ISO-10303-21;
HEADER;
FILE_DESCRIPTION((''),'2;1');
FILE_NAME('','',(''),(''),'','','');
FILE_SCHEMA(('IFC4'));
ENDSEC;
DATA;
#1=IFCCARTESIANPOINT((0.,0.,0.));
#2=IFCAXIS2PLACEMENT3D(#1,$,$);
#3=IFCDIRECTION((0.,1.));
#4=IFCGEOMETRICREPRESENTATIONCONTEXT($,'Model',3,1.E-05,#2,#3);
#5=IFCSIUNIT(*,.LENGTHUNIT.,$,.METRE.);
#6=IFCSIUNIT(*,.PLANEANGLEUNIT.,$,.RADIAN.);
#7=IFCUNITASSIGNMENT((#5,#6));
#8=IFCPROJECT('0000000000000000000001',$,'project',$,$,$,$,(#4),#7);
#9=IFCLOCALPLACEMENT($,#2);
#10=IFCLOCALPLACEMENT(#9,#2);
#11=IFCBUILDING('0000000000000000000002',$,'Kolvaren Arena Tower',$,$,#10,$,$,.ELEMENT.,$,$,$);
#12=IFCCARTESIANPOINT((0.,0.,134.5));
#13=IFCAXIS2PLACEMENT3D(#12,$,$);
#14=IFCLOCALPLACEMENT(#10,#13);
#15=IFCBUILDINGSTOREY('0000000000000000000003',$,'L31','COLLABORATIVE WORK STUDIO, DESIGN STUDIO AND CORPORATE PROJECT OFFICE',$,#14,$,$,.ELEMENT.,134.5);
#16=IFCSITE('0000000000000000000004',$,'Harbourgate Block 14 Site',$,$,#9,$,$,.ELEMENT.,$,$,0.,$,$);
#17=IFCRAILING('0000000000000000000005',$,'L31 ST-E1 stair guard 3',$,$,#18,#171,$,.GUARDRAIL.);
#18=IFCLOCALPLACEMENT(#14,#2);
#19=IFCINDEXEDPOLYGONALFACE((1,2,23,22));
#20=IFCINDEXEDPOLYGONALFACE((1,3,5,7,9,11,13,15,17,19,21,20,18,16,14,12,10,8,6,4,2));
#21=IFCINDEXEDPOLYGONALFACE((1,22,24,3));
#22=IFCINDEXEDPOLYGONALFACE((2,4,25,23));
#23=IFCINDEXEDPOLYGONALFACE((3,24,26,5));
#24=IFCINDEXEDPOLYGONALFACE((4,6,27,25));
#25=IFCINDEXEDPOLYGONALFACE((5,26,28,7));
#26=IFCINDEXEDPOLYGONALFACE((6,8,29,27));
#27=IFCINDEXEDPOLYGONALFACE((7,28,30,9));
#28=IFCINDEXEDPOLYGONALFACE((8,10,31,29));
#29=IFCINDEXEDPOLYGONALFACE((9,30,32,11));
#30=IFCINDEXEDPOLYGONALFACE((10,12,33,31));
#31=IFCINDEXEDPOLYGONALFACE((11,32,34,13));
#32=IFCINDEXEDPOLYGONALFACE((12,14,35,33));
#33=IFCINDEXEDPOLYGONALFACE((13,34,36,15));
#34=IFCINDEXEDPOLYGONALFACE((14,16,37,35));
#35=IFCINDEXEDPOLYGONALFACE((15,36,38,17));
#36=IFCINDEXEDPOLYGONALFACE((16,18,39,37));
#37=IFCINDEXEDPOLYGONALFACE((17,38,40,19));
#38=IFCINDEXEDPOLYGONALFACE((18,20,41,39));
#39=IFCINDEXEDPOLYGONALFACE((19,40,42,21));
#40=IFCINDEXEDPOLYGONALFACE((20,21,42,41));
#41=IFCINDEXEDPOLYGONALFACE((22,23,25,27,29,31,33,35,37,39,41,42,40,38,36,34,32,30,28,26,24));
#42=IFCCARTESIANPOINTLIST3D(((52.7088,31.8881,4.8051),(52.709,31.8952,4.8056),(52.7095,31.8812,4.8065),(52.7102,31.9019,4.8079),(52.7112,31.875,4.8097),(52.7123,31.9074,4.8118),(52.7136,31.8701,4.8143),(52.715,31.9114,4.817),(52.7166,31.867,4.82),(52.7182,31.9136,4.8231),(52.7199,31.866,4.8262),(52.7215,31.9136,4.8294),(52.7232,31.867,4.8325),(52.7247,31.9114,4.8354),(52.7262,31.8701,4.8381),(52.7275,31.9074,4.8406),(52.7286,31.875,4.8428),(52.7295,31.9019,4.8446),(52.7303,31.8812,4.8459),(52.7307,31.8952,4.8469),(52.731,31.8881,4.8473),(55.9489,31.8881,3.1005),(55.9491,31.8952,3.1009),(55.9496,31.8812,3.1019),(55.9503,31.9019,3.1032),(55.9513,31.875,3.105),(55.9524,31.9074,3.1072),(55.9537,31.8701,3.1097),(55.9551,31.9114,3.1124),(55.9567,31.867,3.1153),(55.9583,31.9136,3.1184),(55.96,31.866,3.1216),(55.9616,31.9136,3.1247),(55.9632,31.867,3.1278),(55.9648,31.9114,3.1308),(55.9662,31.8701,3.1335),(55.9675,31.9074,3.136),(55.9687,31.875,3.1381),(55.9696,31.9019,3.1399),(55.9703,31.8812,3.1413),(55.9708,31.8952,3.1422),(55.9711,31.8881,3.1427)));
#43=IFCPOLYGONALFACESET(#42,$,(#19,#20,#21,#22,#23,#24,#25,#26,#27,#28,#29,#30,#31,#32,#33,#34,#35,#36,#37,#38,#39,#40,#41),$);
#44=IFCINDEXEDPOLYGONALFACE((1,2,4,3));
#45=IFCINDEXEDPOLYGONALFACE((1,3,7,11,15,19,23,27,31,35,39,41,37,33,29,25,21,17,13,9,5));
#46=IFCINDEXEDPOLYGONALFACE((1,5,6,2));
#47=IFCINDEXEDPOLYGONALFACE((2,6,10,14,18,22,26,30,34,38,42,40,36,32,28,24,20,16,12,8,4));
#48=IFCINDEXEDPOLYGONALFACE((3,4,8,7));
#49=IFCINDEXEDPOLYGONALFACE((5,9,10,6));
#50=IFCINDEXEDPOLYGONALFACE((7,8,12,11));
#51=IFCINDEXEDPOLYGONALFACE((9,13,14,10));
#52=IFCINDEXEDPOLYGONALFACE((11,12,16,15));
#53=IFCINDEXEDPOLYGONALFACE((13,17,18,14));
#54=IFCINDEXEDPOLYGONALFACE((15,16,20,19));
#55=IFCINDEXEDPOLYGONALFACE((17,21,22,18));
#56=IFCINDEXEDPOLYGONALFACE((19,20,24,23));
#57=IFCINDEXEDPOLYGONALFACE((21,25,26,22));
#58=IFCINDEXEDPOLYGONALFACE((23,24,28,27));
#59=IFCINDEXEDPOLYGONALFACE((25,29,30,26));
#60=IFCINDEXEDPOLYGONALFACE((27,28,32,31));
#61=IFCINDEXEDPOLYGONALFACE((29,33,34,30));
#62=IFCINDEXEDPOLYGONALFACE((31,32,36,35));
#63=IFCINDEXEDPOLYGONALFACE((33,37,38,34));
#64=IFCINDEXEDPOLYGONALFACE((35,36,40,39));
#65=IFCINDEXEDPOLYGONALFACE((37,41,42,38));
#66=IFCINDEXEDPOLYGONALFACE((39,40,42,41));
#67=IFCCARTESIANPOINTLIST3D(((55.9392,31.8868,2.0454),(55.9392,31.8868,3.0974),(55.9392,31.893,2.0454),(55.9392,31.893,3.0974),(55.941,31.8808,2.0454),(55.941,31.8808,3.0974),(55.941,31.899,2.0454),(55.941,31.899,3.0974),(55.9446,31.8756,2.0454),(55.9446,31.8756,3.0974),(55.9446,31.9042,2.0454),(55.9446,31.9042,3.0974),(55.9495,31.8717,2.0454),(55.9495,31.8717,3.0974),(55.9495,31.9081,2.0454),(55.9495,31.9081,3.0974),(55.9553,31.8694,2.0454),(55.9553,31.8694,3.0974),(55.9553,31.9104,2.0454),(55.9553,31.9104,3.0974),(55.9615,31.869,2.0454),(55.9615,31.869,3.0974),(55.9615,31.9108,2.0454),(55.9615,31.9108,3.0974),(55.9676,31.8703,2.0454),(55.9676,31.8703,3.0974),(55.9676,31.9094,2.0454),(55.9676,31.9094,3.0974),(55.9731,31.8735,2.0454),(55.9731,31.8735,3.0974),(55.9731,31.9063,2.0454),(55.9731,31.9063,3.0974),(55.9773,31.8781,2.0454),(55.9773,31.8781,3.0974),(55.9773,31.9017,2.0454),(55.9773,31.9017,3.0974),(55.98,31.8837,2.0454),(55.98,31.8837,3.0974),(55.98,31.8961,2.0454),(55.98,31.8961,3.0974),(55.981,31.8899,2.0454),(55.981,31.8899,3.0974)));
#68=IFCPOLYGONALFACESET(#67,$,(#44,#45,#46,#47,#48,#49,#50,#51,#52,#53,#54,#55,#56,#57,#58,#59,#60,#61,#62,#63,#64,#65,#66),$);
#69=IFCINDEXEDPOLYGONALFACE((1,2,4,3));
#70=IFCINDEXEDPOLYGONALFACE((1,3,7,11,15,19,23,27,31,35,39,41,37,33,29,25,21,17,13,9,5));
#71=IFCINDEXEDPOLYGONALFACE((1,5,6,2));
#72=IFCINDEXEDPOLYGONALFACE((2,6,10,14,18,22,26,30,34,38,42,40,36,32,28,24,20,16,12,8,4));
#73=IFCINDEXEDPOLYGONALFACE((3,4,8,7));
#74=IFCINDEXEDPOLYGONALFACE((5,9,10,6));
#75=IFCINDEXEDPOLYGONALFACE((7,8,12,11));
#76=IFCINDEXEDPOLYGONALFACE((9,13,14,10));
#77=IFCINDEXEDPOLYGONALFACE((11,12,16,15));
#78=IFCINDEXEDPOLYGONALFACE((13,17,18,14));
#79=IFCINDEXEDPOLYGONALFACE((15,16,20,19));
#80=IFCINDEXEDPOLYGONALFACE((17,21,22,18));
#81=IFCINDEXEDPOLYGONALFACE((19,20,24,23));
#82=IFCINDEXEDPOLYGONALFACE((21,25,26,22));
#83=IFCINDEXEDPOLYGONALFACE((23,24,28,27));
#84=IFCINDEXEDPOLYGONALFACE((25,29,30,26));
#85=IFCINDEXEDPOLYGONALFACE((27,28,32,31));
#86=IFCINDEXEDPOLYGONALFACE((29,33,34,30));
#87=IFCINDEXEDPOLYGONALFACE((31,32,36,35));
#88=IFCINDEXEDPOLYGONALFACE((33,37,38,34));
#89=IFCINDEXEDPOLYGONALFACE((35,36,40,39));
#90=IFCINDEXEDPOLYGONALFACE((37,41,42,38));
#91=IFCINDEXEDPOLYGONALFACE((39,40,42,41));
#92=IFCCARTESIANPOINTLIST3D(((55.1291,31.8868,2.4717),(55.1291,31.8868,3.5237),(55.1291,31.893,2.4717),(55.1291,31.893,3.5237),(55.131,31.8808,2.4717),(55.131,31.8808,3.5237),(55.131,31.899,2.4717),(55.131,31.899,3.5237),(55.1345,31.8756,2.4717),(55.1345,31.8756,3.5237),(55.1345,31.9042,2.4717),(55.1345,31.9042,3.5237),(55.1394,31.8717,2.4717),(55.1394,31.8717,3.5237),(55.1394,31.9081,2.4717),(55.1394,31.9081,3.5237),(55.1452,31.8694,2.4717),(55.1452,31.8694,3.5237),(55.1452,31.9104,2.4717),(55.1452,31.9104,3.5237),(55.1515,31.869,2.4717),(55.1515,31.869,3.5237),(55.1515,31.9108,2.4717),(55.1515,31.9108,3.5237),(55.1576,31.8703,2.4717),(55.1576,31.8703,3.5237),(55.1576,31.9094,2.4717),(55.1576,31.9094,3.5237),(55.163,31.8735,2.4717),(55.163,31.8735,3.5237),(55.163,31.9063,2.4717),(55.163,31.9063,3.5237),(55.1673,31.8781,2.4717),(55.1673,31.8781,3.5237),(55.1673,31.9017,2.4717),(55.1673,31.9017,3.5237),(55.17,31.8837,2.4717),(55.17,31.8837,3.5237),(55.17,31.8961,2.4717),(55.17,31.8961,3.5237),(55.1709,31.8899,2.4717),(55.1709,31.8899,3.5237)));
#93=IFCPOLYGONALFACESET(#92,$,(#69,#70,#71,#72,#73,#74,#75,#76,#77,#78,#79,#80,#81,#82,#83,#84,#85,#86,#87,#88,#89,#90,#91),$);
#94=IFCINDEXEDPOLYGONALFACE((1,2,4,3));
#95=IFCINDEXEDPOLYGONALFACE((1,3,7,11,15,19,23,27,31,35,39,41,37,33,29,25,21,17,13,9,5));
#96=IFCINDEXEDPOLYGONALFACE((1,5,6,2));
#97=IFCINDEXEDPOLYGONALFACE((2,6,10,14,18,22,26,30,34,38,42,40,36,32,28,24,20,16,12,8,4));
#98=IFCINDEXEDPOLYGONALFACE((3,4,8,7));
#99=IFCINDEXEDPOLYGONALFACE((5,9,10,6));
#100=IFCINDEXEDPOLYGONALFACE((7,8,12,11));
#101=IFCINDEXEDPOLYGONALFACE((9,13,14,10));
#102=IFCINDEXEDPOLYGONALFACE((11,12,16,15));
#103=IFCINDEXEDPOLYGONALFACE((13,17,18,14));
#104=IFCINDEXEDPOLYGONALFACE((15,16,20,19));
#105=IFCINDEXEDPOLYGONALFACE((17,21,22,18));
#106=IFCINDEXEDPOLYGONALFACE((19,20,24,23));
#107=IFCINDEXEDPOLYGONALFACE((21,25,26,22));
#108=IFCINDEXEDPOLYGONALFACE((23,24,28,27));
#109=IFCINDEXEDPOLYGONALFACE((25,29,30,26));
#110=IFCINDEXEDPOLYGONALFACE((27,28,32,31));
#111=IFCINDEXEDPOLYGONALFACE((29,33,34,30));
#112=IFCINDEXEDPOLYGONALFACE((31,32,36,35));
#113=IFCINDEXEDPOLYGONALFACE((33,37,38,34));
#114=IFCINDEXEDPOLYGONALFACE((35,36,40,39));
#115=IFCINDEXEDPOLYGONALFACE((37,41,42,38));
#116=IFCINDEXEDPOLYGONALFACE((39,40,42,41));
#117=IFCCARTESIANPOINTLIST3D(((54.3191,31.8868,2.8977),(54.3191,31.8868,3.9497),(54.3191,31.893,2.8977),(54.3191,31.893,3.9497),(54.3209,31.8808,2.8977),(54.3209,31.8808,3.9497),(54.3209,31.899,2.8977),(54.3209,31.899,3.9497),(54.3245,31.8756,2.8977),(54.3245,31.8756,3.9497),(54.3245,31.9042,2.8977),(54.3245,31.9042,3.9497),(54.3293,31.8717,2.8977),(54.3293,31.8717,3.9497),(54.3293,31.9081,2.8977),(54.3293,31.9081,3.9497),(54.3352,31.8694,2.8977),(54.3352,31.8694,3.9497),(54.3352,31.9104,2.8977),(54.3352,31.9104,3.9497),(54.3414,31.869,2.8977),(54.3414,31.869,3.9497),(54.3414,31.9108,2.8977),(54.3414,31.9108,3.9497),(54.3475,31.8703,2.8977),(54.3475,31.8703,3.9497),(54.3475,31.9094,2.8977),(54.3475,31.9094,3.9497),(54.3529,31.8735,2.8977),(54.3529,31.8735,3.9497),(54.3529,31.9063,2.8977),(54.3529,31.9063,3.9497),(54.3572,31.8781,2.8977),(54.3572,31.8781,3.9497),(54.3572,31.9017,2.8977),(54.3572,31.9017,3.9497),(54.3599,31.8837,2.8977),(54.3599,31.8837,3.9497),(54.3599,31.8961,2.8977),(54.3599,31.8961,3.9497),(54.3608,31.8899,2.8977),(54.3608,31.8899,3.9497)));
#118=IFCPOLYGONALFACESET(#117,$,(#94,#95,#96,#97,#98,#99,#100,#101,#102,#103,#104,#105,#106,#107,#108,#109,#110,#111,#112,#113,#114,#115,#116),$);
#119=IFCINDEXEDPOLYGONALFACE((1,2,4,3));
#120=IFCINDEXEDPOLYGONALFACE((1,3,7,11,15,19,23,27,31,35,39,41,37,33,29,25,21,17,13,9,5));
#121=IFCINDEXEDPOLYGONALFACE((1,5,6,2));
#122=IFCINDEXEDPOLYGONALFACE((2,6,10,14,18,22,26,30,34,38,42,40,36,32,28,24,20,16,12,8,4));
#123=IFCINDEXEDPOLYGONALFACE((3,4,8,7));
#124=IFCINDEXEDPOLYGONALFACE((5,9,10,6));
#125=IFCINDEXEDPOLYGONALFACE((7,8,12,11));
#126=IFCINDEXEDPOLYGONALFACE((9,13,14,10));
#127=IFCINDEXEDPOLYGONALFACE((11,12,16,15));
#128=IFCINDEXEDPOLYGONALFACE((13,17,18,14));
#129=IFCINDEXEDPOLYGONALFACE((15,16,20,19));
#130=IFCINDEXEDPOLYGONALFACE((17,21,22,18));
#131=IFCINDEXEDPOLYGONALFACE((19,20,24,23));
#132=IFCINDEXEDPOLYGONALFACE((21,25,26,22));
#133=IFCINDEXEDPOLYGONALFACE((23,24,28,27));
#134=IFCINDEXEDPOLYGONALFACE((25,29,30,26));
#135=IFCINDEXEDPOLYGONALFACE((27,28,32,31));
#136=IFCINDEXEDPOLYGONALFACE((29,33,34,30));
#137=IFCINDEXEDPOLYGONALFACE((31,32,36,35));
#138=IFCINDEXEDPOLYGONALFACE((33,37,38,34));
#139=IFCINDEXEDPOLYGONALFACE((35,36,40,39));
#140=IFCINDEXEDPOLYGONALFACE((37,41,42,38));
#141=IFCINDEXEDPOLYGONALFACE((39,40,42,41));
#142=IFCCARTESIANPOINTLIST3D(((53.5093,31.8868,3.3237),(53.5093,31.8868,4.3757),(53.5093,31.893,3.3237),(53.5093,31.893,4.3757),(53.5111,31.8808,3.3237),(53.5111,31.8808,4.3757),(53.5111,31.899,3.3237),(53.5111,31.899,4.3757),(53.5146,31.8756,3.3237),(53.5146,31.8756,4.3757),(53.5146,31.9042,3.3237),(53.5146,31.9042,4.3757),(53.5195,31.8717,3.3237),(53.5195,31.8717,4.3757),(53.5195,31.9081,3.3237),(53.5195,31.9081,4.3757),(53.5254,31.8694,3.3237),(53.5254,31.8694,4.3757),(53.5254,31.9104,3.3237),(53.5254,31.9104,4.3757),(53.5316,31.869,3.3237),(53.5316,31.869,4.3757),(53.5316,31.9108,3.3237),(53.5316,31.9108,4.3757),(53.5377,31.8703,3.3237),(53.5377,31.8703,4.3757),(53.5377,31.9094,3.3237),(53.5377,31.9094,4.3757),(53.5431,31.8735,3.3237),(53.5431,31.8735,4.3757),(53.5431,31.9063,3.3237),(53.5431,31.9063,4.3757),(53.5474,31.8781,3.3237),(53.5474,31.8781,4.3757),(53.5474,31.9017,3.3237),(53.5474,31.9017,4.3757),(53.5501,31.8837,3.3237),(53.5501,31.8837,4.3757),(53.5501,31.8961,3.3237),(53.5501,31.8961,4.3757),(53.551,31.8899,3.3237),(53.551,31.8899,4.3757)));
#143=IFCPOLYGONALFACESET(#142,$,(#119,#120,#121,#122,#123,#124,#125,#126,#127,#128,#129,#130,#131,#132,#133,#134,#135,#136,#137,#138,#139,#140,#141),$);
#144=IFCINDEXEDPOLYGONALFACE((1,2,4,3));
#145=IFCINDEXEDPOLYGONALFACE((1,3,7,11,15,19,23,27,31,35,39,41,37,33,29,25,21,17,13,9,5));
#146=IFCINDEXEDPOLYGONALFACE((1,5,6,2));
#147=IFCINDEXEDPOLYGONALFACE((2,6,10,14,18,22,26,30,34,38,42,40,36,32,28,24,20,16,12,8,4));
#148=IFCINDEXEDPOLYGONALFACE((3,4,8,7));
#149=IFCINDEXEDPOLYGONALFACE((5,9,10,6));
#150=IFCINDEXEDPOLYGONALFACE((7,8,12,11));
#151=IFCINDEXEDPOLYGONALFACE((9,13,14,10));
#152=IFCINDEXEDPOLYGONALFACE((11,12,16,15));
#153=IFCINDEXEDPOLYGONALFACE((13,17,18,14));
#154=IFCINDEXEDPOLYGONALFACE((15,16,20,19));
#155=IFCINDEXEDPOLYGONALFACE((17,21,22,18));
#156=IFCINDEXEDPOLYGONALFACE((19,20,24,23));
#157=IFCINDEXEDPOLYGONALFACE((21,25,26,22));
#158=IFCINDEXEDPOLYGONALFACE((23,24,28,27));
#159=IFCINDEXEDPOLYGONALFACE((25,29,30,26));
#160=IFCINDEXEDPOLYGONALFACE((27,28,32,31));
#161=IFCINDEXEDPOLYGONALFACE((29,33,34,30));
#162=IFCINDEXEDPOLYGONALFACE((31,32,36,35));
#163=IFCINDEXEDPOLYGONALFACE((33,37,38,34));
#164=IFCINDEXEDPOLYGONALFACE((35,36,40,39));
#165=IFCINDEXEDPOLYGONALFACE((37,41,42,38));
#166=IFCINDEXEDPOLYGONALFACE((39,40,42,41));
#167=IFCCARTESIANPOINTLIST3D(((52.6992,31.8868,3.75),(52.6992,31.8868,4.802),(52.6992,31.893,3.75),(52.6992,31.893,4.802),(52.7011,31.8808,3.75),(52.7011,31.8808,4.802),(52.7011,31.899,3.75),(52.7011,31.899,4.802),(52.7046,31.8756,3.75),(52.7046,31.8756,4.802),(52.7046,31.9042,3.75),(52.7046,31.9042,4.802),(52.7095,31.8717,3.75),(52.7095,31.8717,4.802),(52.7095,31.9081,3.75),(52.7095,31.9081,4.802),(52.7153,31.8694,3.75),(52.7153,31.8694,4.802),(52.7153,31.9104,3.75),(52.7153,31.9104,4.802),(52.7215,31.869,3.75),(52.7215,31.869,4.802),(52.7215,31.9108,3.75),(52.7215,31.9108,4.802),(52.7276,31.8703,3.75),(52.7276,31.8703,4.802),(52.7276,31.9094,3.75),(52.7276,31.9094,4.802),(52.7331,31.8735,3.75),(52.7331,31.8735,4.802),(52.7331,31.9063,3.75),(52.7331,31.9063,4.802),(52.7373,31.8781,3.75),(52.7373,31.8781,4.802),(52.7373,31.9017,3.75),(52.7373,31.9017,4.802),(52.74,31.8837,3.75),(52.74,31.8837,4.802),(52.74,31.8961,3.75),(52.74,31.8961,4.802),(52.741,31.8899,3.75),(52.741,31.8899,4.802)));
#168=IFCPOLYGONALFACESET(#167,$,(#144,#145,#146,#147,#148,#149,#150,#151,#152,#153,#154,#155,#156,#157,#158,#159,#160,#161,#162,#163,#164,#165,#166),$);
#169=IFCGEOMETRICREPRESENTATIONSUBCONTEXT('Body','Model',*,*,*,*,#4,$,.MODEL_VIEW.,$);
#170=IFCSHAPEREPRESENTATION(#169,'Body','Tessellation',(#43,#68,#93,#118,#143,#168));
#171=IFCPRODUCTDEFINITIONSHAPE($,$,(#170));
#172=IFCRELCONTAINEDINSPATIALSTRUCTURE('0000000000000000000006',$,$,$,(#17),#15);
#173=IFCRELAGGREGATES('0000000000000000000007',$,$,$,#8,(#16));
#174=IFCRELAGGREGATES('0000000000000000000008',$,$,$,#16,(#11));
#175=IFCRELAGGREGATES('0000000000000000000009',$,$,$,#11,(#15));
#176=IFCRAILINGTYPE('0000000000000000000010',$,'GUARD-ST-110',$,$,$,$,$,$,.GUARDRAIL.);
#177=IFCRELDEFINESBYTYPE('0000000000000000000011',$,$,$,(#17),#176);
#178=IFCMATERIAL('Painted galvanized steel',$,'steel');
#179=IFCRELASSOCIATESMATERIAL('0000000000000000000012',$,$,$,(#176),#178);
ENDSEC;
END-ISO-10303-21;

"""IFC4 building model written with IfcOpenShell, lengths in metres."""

from ifc_helpers import new_model, si_unit, direction, frame, origin, origin_2d, place, context, subcontext, project, spatial, circle, extrude, material, type_object, element, save


model = new_model("IFC4")

# Units and contexts
model_context = context("Model", 3, precision=1e-05, world=origin(), true_north=direction((0.0, 1.0)))
body_context = subcontext(model_context, "Body", "Model", "MODEL_VIEW")
ifc_project = project(units=[si_unit("LENGTHUNIT", "METRE"), si_unit("PLANEANGLEUNIT", "RADIAN")], contexts=[model_context])

# Site, building, storey
site_placement = place(None, origin())
site = spatial("IfcSite", under=ifc_project, at=site_placement, Name="Harbourgate Block 14 Site", CompositionType="ELEMENT", RefElevation=0.0)
building_placement = place(site_placement, origin())
building = spatial("IfcBuilding", under=site, at=building_placement, Name="Kolvaren Arena Tower", CompositionType="ELEMENT")
storey_placement = place(building_placement, frame((0.0, 0.0, 134.5)))
storey = spatial("IfcBuildingStorey", under=building, at=storey_placement, Name="L31", Description="COLLABORATIVE WORK STUDIO, DESIGN STUDIO AND CORPORATE PROJECT OFFICE", CompositionType="ELEMENT", Elevation=134.5)

# Railing
ifc_material_1 = material(Name="Painted galvanized steel", Category="steel")
railing_type_1 = type_object("IfcRailingType", Name="GUARD-ST-110", PredefinedType="GUARDRAIL", material=ifc_material_1)
railing_1_placement = place(storey_placement, frame((55.96, 31.8899, 2.0454)))
element("IfcRailing", 1, at=railing_1_placement, inside=storey, type_object=railing_type_1, Name="L31 ST-E1 stair guard 3", PredefinedType="GUARDRAIL", context=body_context, shape_type="SweptSolid", body=[
    extrude(circle(Radius=0.0239, at=origin_2d()), frame((0.0, 0.0, 1.0762), z_axis=(-0.884993, 0.0, 0.465604), x_axis=(0.0, -1.0, 0.0)), (0.0, 0.0, 1.0), 3.6611),
    extrude(circle(Radius=0.021, at=origin_2d()), origin(), (0.0, 0.0, 1.0), 1.052),
    extrude(circle(Radius=0.021, at=origin_2d()), frame((-0.8101, 0.0, 0.4263)), (0.0, 0.0, 1.0), 1.052),
    extrude(circle(Radius=0.021, at=origin_2d()), frame((-1.6201, 0.0, 0.8523)), (0.0, 0.0, 1.0), 1.052),
    extrude(circle(Radius=0.021, at=origin_2d()), frame((-2.4299, 0.0, 1.2783)), (0.0, 0.0, 1.0), 1.052),
    extrude(circle(Radius=0.021, at=origin_2d()), frame((-3.24, 0.0, 1.7046)), (0.0, 0.0, 1.0), 1.052),
])

save(model, "model.ifc")
